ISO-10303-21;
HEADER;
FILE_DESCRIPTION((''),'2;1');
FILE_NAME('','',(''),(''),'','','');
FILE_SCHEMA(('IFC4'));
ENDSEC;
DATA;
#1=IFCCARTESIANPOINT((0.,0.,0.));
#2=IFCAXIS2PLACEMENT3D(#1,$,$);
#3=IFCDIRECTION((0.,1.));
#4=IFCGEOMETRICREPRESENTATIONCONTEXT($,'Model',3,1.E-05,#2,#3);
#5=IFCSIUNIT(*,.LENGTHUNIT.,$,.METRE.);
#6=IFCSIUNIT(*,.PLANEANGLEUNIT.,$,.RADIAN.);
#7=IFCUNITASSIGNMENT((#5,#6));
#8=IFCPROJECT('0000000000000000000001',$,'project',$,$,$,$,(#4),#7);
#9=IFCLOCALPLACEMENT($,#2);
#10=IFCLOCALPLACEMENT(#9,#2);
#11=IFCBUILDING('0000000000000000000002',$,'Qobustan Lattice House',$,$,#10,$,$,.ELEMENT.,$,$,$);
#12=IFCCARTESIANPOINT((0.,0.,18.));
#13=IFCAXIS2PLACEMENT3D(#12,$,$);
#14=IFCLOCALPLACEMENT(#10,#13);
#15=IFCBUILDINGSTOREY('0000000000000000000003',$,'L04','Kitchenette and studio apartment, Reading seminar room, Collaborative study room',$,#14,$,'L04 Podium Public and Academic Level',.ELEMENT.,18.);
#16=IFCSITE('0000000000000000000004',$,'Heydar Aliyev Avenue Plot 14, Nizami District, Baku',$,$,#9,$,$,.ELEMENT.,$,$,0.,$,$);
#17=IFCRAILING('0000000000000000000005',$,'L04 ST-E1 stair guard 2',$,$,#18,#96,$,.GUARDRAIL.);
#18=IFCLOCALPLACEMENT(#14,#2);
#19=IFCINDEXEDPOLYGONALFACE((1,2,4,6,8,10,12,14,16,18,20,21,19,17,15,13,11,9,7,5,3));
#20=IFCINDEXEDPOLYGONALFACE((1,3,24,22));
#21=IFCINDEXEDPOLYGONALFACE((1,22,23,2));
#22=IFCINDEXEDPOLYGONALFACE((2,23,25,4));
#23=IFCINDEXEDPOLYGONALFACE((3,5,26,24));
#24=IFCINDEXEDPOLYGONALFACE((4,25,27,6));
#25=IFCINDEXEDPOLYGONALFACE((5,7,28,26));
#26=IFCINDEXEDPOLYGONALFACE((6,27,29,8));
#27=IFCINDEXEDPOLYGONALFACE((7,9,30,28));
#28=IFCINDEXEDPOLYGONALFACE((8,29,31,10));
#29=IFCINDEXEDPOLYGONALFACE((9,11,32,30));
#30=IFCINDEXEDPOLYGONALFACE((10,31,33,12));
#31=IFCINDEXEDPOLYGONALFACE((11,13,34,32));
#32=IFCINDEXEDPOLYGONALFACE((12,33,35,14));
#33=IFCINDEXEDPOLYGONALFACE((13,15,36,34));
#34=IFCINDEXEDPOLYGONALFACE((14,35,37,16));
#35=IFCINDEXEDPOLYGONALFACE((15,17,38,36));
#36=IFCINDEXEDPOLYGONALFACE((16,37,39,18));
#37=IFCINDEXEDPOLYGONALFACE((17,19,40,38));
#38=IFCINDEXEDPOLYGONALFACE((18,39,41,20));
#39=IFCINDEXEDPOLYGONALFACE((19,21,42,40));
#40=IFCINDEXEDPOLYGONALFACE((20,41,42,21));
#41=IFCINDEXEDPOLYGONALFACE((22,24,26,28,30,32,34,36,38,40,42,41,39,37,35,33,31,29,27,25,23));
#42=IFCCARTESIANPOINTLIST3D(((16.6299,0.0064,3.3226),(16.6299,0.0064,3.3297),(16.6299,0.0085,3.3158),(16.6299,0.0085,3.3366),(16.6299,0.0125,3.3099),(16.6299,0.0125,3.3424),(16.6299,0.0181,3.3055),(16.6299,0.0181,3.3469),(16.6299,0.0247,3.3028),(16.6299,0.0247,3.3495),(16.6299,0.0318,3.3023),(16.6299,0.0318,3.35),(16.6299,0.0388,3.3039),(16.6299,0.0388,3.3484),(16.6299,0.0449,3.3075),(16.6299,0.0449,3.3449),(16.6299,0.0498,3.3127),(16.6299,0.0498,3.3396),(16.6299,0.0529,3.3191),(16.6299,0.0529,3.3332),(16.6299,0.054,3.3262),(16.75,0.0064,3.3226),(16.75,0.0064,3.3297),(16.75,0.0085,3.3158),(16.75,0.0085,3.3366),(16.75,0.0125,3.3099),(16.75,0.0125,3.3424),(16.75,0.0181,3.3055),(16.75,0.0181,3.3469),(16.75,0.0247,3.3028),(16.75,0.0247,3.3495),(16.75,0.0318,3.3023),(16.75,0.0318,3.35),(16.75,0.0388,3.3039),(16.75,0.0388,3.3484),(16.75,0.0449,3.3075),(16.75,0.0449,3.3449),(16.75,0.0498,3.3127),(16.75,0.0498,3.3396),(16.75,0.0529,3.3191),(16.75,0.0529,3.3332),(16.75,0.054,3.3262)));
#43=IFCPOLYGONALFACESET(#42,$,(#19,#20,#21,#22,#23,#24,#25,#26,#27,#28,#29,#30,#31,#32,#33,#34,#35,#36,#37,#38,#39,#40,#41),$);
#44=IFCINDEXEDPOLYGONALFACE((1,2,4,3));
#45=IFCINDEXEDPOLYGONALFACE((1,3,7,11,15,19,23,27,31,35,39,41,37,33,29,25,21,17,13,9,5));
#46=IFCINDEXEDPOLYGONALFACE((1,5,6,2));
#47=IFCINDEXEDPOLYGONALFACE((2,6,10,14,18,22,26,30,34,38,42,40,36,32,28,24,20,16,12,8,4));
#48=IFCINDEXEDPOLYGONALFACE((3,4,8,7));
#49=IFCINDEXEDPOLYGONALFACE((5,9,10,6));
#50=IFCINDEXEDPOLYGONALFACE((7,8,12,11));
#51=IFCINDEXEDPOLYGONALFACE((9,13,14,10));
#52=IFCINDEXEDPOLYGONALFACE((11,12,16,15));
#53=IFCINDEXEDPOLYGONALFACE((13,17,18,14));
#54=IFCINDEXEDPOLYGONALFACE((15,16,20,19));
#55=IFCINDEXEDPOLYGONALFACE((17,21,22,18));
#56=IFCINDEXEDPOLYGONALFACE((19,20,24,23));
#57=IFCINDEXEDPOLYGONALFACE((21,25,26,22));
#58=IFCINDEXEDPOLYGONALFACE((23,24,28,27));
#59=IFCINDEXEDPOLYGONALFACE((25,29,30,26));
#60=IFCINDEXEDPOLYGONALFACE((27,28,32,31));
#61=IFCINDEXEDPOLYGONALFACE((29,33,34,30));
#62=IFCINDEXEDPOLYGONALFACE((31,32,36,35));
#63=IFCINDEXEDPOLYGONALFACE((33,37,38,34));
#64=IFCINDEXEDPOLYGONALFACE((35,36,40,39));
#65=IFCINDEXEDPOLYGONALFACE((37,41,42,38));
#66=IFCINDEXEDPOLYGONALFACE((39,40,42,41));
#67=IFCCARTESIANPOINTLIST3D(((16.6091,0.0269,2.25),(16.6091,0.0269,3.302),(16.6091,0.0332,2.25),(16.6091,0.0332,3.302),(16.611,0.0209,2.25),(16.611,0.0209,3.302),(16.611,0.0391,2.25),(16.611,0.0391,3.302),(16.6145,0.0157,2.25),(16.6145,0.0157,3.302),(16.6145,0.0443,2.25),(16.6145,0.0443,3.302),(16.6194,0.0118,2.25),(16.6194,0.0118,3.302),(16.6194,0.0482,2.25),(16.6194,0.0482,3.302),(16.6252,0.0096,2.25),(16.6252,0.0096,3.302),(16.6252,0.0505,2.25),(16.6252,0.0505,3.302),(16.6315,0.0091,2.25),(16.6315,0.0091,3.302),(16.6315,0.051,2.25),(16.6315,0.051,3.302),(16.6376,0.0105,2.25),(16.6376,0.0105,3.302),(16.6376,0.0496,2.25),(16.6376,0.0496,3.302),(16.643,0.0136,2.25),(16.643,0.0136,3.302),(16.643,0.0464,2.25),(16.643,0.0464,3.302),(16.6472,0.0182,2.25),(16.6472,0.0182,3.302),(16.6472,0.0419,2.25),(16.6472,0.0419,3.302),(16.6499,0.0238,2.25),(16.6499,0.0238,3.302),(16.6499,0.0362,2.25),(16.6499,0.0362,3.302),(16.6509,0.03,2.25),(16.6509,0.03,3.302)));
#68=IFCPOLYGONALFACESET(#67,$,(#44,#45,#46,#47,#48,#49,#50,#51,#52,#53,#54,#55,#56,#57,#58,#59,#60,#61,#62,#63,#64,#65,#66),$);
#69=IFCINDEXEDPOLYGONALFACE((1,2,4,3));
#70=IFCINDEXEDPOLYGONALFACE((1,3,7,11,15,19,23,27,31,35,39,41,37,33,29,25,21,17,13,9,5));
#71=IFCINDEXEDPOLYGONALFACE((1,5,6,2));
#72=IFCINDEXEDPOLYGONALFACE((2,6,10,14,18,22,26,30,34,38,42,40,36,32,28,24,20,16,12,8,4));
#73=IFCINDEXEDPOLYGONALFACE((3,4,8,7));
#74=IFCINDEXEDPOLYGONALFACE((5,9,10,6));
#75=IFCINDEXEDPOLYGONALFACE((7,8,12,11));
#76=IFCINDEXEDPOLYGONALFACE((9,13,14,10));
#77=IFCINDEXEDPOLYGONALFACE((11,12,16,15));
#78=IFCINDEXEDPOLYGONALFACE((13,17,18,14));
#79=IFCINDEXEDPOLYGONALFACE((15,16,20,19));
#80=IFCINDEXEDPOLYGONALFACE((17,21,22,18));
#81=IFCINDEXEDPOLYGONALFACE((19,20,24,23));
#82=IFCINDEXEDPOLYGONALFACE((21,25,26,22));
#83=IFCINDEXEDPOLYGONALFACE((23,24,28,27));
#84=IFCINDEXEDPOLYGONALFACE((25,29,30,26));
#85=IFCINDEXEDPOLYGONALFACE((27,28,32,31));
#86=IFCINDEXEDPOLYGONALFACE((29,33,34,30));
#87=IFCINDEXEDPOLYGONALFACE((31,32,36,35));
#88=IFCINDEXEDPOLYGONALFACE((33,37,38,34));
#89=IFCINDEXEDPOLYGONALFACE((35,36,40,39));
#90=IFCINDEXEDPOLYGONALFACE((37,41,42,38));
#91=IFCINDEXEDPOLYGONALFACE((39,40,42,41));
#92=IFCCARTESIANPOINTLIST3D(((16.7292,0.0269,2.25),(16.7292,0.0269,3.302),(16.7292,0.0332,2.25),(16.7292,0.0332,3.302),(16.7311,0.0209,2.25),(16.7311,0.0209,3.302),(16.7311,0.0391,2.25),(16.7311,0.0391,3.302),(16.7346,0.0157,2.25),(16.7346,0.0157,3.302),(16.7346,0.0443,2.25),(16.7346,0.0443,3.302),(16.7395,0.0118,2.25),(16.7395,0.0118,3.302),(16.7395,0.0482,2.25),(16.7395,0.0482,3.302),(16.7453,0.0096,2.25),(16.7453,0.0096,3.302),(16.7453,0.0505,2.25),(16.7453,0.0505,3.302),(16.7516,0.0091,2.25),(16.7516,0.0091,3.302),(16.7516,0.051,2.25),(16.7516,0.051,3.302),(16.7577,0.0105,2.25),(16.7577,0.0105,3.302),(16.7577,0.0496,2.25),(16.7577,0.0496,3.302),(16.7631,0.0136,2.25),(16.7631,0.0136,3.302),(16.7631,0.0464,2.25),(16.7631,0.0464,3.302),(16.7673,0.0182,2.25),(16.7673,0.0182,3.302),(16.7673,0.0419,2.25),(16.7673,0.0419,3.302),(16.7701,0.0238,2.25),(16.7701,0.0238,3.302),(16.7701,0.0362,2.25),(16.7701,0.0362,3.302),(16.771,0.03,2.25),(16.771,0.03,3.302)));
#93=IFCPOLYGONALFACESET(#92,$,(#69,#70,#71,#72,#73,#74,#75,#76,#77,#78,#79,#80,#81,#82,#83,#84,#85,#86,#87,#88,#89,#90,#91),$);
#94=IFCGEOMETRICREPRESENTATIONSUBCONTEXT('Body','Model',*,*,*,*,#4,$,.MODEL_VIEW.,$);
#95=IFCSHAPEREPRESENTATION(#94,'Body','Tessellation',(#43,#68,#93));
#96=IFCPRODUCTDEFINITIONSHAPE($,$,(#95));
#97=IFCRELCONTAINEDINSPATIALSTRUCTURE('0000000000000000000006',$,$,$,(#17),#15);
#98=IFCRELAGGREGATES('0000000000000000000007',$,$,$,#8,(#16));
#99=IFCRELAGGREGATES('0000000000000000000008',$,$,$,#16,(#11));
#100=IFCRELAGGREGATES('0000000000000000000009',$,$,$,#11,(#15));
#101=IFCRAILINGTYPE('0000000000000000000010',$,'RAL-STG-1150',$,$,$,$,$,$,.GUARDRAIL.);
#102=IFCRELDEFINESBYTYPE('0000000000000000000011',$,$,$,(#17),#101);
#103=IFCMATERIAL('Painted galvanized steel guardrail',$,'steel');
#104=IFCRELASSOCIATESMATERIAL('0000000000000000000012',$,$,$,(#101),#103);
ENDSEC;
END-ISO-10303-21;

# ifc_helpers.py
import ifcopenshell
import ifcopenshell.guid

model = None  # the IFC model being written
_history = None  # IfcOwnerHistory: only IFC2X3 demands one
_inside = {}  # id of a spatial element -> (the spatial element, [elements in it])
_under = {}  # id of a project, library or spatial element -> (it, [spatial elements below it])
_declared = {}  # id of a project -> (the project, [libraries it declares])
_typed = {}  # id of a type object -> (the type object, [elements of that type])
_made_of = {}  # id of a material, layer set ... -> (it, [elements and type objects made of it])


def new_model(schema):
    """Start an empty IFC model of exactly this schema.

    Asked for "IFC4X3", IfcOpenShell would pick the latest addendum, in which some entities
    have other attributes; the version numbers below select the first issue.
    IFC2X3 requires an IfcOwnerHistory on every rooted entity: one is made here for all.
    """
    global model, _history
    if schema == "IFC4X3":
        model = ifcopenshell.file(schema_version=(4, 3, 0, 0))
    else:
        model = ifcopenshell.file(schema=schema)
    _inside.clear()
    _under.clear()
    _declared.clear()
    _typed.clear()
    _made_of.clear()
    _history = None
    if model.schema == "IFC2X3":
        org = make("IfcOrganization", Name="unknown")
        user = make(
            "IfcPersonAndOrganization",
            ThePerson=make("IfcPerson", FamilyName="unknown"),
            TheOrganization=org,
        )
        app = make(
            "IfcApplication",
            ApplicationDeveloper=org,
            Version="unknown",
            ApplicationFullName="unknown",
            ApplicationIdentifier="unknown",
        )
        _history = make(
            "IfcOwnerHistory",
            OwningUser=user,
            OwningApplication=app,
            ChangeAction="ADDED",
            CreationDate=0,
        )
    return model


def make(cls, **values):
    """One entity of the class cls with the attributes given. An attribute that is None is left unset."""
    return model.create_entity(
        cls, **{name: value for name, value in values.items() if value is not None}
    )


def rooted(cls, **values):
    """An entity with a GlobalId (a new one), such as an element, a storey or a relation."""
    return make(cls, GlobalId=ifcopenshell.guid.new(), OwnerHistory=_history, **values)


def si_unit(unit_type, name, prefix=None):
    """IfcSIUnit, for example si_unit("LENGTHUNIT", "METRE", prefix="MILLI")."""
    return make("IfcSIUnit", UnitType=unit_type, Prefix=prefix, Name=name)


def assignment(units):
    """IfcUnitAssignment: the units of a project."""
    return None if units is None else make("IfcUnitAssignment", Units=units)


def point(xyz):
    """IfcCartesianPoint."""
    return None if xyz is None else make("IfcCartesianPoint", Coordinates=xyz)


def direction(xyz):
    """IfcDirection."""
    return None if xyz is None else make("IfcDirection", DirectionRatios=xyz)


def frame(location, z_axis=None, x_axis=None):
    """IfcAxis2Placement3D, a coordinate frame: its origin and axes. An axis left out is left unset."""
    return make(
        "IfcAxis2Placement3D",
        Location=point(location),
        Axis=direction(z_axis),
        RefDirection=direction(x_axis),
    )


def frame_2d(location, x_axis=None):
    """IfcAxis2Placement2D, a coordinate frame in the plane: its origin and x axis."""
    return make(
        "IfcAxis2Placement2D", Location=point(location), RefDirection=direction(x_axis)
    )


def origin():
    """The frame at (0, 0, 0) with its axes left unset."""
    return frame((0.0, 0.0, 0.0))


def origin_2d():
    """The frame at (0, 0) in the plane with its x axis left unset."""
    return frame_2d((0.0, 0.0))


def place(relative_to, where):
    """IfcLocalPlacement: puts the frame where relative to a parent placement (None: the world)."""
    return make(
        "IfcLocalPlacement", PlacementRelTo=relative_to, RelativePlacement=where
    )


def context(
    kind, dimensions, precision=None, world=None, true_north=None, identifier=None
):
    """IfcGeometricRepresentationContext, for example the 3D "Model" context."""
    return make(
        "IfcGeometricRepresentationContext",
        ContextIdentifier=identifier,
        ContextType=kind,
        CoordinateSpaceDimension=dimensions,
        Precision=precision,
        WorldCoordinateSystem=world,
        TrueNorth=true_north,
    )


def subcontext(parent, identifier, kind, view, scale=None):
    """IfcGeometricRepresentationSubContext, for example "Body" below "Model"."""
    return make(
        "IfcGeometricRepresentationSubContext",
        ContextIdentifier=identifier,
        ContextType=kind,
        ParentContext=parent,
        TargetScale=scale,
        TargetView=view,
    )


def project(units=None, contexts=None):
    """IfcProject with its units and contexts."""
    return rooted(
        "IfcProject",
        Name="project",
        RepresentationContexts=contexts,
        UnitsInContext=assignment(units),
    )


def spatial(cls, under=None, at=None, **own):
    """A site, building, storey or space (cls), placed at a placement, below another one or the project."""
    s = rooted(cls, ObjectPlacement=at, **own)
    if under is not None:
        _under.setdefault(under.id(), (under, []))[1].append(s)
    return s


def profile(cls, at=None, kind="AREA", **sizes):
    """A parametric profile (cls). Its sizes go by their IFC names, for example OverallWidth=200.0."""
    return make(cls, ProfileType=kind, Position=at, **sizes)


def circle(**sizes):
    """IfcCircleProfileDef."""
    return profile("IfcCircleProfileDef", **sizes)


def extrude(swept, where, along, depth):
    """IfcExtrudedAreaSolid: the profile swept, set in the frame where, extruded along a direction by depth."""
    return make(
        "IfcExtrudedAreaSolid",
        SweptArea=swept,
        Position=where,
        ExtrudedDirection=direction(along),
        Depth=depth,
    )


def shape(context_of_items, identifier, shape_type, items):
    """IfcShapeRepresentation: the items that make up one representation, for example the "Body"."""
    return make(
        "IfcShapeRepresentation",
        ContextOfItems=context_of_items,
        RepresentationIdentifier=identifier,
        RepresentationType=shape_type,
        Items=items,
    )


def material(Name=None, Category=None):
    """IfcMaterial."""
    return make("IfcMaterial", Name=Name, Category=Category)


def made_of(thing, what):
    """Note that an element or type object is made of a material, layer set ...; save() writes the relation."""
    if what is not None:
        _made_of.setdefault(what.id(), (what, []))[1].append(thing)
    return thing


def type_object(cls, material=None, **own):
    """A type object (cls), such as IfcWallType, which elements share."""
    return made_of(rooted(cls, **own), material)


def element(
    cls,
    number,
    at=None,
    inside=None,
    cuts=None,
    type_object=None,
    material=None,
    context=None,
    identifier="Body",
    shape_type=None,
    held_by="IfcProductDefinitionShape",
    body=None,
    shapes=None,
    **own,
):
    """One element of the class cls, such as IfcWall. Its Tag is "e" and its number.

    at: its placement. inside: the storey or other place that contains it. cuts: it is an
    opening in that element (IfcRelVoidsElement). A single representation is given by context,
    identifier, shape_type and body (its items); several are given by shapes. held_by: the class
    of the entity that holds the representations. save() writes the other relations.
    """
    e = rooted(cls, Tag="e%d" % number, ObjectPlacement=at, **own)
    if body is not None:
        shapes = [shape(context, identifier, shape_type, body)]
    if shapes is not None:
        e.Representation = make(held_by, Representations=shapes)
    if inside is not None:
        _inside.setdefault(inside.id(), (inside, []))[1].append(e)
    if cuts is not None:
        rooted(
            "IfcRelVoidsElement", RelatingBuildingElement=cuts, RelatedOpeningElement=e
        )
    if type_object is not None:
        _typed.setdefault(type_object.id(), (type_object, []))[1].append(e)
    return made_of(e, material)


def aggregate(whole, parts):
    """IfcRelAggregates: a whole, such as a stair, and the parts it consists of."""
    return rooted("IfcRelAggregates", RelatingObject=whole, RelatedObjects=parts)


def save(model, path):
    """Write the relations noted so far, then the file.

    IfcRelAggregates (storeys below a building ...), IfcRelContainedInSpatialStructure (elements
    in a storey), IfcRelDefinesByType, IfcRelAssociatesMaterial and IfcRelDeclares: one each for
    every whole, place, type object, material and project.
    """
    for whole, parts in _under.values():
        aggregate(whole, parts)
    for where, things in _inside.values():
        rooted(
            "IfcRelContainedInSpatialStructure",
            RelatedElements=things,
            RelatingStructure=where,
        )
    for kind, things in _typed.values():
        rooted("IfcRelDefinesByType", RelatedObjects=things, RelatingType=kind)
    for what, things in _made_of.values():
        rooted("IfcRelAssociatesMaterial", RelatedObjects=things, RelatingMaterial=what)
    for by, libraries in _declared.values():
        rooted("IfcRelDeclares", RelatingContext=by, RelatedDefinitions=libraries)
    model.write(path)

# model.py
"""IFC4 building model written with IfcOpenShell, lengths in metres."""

from ifc_helpers import new_model, si_unit, direction, frame, origin, origin_2d, place, context, subcontext, project, spatial, circle, extrude, material, type_object, element, save


model = new_model("IFC4")

# Units and contexts
model_context = context("Model", 3, precision=1e-05, world=origin(), true_north=direction((0.0, 1.0)))
body_context = subcontext(model_context, "Body", "Model", "MODEL_VIEW")
ifc_project = project(units=[si_unit("LENGTHUNIT", "METRE"), si_unit("PLANEANGLEUNIT", "RADIAN")], contexts=[model_context])

# Site, building, storey
site_placement = place(None, origin())
site = spatial("IfcSite", under=ifc_project, at=site_placement, Name="Heydar Aliyev Avenue Plot 14, Nizami District, Baku", CompositionType="ELEMENT", RefElevation=0.0)
building_placement = place(site_placement, origin())
building = spatial("IfcBuilding", under=site, at=building_placement, Name="Qobustan Lattice House", CompositionType="ELEMENT")
storey_placement = place(building_placement, frame((0.0, 0.0, 18.0)))
storey = spatial("IfcBuildingStorey", under=building, at=storey_placement, Name="L04", Description="Kitchenette and studio apartment, Reading seminar room, Collaborative study room", LongName="L04 Podium Public and Academic Level", CompositionType="ELEMENT", Elevation=18.0)

# Railing
ifc_material_1 = material(Name="Painted galvanized steel guardrail", Category="steel")
railing_type_1 = type_object("IfcRailingType", Name="RAL-STG-1150", PredefinedType="GUARDRAIL", material=ifc_material_1)
railing_1_placement = place(storey_placement, frame((16.6299, 0.03, 2.25)))
element("IfcRailing", 1, at=railing_1_placement, inside=storey, type_object=railing_type_1, Name="L04 ST-E1 stair guard 2", PredefinedType="GUARDRAIL", context=body_context, shape_type="SweptSolid", body=[
    extrude(circle(Radius=0.0239, at=origin_2d()), frame((0.0, 0.0, 1.0762), z_axis=(1.0, 0.0, 0.0), x_axis=(0.0, 1.0, 0.0)), (0.0, 0.0, 1.0), 0.1201),
    extrude(circle(Radius=0.021, at=origin_2d()), origin(), (0.0, 0.0, 1.0), 1.052),
    extrude(circle(Radius=0.021, at=origin_2d()), frame((0.1201, 0.0, 0.0)), (0.0, 0.0, 1.0), 1.052),
])

save(model, "model.ifc")
